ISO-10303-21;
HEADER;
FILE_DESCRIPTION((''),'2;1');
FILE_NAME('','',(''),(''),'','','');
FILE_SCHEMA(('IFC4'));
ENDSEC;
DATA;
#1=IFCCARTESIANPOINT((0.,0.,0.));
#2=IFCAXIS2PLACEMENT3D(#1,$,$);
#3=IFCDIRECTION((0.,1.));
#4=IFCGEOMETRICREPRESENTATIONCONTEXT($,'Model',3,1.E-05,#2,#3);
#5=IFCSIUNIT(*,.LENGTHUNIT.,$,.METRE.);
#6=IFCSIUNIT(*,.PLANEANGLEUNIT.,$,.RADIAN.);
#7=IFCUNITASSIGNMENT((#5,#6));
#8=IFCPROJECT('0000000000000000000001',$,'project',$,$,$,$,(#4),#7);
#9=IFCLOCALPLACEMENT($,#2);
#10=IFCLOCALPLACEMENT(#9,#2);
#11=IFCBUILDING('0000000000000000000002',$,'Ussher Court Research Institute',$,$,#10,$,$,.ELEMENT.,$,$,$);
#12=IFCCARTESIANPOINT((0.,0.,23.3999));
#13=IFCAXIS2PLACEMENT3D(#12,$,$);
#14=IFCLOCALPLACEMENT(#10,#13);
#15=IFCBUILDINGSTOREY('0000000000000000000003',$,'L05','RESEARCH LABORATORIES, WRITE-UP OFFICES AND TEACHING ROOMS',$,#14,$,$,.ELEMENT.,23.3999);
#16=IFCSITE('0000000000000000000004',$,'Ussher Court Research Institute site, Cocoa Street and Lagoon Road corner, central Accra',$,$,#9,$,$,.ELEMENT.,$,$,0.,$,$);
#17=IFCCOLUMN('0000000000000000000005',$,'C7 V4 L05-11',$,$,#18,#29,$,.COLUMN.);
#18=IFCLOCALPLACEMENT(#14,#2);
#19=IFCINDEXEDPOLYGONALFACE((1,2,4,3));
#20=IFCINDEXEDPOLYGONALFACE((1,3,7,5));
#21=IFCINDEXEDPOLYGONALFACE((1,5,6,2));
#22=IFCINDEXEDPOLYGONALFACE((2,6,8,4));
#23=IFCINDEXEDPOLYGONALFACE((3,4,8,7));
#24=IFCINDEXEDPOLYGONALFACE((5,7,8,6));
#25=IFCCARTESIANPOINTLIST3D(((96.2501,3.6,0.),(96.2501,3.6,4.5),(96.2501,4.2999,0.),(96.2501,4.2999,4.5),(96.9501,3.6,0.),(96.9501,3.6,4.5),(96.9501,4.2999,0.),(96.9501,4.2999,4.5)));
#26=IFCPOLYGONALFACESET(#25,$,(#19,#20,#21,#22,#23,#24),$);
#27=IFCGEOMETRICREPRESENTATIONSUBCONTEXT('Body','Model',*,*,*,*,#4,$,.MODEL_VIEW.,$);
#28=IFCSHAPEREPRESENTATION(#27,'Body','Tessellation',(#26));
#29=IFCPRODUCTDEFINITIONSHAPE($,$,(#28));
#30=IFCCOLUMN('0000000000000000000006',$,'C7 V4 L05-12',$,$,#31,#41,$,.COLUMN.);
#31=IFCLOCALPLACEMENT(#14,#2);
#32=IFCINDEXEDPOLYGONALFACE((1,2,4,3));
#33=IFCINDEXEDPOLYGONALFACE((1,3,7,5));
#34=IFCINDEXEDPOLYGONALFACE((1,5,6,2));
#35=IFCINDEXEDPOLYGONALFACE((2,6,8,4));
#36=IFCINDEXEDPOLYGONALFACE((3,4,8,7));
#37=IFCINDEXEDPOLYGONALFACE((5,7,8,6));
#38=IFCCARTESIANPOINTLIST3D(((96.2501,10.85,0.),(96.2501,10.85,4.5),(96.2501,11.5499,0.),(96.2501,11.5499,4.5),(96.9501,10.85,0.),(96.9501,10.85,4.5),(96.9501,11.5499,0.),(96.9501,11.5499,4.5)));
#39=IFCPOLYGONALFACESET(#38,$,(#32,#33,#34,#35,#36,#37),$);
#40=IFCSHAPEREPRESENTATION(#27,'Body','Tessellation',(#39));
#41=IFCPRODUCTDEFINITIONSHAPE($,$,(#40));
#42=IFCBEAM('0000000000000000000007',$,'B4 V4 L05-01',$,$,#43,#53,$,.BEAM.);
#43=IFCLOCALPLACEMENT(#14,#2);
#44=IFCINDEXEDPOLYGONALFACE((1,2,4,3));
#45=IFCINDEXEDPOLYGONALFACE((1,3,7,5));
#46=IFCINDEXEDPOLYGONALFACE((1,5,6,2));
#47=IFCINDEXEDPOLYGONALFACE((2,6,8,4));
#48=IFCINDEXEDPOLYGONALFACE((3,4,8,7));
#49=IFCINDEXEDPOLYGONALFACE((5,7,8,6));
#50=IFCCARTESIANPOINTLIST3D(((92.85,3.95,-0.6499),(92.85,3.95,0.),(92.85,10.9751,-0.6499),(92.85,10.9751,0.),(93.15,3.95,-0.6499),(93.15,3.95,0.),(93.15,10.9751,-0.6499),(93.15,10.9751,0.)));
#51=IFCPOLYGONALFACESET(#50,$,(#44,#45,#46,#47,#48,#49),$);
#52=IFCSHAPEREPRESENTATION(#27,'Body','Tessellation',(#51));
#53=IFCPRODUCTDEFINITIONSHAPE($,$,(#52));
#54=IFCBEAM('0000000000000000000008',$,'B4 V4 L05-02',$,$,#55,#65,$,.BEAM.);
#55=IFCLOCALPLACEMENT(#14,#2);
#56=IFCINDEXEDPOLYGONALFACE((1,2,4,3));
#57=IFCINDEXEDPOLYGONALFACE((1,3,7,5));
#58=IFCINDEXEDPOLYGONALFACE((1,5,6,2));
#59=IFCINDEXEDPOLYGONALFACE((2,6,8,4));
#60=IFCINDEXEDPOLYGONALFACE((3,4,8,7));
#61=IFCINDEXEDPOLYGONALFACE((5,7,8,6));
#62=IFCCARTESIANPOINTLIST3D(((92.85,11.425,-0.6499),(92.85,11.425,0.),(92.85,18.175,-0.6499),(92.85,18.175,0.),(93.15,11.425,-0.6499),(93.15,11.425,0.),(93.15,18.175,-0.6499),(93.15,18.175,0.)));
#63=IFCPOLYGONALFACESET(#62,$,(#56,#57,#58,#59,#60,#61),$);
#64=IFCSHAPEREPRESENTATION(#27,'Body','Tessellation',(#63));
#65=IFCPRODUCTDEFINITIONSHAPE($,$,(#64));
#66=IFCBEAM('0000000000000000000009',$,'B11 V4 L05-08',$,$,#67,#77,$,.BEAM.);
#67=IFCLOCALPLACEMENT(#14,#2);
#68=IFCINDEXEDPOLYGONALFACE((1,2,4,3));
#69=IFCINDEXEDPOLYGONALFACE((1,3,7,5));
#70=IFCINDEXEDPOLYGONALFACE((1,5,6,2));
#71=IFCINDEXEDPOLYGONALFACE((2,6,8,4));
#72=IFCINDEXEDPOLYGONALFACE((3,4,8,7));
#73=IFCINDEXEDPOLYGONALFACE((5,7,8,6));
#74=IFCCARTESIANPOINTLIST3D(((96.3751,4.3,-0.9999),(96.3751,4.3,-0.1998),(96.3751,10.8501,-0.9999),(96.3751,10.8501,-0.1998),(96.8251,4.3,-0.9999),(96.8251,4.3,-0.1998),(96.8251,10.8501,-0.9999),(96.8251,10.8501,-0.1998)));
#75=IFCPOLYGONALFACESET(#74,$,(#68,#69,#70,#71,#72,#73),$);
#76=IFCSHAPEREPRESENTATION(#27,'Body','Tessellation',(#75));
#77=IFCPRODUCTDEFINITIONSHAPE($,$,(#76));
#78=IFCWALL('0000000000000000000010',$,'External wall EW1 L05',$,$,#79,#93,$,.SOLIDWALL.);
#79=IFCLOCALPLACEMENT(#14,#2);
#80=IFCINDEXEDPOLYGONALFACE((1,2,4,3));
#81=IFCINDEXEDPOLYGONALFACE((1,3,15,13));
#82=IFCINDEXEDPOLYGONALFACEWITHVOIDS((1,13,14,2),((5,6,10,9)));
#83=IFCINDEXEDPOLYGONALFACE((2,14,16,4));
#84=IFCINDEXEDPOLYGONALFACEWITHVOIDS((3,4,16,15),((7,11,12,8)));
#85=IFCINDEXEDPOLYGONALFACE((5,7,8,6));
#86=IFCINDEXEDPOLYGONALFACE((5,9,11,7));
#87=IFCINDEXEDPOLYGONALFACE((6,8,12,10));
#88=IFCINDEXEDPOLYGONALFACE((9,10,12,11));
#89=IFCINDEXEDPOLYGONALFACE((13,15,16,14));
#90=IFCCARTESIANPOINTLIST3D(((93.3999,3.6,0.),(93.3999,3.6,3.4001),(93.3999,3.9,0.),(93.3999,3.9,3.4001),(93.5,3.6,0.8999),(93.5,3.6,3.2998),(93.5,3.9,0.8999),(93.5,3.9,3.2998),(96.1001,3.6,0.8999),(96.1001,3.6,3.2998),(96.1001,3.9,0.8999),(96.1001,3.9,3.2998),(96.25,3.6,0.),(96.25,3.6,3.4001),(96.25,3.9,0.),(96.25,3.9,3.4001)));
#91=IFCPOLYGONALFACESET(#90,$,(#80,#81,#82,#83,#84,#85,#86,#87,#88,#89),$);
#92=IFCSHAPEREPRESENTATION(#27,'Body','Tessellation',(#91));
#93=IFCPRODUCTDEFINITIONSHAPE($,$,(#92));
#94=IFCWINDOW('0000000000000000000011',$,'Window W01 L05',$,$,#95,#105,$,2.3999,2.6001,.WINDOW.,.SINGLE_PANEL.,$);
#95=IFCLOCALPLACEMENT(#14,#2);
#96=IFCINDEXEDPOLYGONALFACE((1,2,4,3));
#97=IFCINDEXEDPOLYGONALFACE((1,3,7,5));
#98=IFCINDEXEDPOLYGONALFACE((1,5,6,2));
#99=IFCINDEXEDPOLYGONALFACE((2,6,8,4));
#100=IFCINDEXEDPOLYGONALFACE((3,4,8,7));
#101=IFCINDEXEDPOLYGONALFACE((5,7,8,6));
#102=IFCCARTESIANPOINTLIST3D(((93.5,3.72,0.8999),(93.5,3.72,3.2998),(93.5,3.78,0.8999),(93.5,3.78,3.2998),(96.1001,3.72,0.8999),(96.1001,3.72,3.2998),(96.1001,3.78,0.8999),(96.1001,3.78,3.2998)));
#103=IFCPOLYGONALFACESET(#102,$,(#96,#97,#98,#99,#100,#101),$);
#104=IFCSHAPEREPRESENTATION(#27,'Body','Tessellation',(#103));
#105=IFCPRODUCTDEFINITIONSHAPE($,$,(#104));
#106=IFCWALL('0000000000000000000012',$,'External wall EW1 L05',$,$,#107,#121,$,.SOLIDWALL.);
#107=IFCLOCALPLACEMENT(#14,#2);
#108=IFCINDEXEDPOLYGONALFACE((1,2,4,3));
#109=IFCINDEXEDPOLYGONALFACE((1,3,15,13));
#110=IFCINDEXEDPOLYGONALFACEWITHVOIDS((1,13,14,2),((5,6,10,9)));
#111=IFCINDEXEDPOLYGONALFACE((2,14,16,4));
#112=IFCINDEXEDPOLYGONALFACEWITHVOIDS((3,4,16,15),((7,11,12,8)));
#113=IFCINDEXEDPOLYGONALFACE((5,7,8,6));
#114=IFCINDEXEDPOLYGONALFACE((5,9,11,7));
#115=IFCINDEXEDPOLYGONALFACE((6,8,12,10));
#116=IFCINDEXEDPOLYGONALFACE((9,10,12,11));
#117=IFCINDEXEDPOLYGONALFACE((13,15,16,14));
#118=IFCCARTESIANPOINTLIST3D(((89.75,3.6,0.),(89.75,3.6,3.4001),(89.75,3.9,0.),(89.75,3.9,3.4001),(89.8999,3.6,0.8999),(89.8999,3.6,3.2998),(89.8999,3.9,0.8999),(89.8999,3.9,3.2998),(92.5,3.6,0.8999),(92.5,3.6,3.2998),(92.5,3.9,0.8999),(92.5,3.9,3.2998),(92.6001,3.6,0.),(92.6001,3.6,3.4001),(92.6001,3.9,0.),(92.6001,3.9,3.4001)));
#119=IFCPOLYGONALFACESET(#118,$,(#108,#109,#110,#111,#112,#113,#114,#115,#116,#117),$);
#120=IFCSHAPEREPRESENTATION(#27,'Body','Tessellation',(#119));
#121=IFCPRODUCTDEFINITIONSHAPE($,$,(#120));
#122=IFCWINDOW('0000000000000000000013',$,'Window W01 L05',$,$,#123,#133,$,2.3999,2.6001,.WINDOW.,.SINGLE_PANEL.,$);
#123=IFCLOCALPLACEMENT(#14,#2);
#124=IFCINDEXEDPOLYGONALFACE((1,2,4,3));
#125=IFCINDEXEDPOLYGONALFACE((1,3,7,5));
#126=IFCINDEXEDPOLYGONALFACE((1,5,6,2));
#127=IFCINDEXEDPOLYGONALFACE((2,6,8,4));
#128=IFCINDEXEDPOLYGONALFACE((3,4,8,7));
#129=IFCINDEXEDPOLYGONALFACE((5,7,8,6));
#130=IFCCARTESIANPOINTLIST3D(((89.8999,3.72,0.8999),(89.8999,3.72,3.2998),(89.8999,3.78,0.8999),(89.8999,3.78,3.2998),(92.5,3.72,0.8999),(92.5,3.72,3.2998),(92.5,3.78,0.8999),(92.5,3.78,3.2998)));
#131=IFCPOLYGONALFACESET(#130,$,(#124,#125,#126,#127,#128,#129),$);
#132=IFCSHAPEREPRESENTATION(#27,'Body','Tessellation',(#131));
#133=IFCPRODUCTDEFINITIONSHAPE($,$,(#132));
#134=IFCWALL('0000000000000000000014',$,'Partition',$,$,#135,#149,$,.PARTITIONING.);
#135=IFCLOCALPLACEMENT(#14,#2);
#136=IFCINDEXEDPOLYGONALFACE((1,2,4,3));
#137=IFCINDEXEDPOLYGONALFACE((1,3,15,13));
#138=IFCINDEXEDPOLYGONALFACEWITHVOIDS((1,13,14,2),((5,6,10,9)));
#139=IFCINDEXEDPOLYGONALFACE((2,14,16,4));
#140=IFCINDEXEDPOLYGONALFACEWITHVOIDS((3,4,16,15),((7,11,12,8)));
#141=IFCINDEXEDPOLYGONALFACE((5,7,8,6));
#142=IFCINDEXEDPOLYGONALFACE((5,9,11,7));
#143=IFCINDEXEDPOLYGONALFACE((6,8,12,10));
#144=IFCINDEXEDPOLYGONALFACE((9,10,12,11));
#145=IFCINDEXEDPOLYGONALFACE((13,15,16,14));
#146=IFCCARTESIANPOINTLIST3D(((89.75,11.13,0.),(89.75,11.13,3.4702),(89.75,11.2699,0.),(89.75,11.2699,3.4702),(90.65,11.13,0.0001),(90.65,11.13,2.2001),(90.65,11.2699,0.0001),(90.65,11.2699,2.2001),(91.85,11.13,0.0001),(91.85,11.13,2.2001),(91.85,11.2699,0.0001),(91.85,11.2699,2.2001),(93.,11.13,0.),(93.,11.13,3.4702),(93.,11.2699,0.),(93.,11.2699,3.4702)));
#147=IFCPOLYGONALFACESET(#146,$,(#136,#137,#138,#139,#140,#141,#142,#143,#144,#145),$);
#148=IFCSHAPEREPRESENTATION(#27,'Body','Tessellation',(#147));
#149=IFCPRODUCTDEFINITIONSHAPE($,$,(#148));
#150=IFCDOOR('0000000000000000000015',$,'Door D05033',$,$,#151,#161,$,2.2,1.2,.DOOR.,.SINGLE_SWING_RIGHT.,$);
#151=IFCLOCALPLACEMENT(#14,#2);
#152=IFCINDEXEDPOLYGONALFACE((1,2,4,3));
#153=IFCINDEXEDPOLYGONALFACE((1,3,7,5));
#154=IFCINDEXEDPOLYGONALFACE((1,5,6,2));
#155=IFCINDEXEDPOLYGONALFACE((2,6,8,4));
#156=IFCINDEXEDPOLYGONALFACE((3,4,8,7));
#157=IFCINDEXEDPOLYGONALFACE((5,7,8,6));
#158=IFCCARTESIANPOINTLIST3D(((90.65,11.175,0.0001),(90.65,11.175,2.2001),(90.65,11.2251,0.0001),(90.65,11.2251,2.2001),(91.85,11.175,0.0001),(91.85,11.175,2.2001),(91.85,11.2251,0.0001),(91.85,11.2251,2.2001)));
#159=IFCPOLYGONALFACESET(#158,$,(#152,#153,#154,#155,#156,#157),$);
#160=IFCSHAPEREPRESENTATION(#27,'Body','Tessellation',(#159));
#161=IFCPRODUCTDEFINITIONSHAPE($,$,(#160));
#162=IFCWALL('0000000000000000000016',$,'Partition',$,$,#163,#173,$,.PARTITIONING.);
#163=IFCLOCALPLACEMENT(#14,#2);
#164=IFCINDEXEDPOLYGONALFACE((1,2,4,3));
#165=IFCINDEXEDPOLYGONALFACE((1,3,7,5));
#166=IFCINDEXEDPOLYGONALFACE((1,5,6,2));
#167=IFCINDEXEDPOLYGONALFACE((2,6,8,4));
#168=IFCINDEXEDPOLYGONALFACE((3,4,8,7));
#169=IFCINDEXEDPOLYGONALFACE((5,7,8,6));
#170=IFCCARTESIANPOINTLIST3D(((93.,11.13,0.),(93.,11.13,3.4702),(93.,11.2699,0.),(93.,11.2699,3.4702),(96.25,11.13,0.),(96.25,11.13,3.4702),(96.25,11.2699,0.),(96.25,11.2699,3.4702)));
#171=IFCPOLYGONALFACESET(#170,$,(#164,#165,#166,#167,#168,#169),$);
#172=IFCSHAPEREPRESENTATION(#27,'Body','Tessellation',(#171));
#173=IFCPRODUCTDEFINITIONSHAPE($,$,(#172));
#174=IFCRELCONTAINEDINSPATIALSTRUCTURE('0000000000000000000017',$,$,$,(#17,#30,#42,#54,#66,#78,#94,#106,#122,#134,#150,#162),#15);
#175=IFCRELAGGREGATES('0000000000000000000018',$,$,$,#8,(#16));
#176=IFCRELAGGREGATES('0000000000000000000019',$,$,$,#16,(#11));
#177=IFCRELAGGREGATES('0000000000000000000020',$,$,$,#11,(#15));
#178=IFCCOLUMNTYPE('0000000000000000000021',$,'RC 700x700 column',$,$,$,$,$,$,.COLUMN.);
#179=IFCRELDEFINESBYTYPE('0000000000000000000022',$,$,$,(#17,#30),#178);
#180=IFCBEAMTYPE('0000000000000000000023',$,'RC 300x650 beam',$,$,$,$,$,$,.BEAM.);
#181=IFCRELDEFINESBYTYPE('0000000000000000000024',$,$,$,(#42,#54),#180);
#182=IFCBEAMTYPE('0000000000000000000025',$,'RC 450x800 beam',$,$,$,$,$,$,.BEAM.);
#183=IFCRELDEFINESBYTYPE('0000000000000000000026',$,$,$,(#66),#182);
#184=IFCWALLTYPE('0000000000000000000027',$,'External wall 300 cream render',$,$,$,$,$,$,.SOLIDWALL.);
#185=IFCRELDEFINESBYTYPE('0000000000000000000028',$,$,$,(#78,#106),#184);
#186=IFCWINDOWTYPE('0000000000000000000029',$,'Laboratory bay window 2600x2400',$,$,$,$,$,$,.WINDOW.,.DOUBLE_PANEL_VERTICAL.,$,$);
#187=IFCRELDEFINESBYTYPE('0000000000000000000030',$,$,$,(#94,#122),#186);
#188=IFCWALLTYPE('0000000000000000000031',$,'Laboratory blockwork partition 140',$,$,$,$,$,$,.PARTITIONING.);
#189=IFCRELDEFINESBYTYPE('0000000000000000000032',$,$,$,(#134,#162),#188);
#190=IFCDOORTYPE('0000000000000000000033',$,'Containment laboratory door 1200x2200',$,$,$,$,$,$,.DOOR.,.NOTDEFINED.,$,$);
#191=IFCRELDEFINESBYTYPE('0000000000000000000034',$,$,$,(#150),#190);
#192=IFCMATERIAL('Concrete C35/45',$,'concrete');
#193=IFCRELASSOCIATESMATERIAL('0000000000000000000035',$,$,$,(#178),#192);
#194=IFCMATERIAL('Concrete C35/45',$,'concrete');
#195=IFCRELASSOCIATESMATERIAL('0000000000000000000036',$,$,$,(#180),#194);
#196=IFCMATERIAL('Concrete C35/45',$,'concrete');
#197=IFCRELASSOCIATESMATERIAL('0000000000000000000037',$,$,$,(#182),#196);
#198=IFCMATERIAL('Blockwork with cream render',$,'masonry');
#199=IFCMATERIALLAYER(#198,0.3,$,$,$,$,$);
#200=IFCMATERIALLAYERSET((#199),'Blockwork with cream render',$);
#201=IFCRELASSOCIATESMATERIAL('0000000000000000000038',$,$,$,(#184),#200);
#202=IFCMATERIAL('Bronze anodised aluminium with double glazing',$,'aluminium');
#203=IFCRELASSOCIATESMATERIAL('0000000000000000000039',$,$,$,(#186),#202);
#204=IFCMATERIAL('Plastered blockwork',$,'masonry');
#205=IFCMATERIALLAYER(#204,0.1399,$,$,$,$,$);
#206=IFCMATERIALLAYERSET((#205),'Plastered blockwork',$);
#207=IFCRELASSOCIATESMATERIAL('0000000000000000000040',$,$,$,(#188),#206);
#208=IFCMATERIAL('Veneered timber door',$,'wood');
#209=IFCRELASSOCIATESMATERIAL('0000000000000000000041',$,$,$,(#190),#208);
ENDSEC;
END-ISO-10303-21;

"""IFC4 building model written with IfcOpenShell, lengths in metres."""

from ifc_helpers import new_model, si_unit, direction, frame, frame_2d, origin, origin_2d, place, context, subcontext, project, spatial, rectangle, extrude, material, layer, layer_set, material_profile, profile_set, type_object, element, fill, save


model = new_model("IFC4")

# Units and contexts
model_context = context("Model", 3, precision=1e-05, world=origin(), true_north=direction((0.0, 1.0)))
body_context = subcontext(model_context, "Body", "Model", "MODEL_VIEW")
ifc_project = project(units=[si_unit("LENGTHUNIT", "METRE"), si_unit("PLANEANGLEUNIT", "RADIAN")], contexts=[model_context])

# Site, building, storey
site_placement = place(None, origin())
site = spatial("IfcSite", under=ifc_project, at=site_placement, Name="Ussher Court Research Institute site, Cocoa Street and Lagoon Road corner, central Accra", CompositionType="ELEMENT", RefElevation=0.0)
building_placement = place(site_placement, origin())
building = spatial("IfcBuilding", under=site, at=building_placement, Name="Ussher Court Research Institute", CompositionType="ELEMENT")
storey_placement = place(building_placement, frame((0.0, 0.0, 23.3999)))
storey = spatial("IfcBuildingStorey", under=building, at=storey_placement, Name="L05", Description="RESEARCH LABORATORIES, WRITE-UP OFFICES AND TEACHING ROOMS", CompositionType="ELEMENT", Elevation=23.3999)

# Columns
ifc_material_1 = material(Name="Concrete C35/45", Category="concrete")
ifc_material_profile_1 = material_profile(ifc_material_1, rectangle(XDim=0.7, YDim=0.7, at=origin_2d()), Name="RC 700x700")
ifc_profile_set_1 = profile_set([ifc_material_profile_1], Name="Concrete C35/45")
column_type = type_object("IfcColumnType", Name="RC 700x700 column", PredefinedType="COLUMN", material=ifc_profile_set_1)
for number, where, z_axis, x_axis, name in (
    (1, (96.6001, 3.95, 0.0), (0.0, 0.0, 1.0), (1.0, 0.0, 0.0), "C7 V4 L05-11"),
    (2, (96.6001, 11.2, 0.0), (0.0, 0.0, 1.0), (1.0, 0.0, 0.0), "C7 V4 L05-12"),
):
    element("IfcColumn", number, at=place(storey_placement, frame(where, z_axis=z_axis, x_axis=x_axis)), inside=storey, type_object=column_type, Name=name, PredefinedType="COLUMN", context=body_context, shape_type="SweptSolid", body=[
        extrude(rectangle(XDim=0.7, YDim=0.7, at=origin_2d()), origin(), (0.0, 0.0, 1.0), 4.5),
    ])

# Beams
ifc_material_2 = material(Name="Concrete C35/45", Category="concrete")
ifc_material_profile_2 = material_profile(ifc_material_2, rectangle(XDim=0.3, YDim=0.6499, at=origin_2d()), Name="RC 300x650")
ifc_profile_set_2 = profile_set([ifc_material_profile_2], Name="Concrete C35/45")
beam_type_1 = type_object("IfcBeamType", Name="RC 300x650 beam", PredefinedType="BEAM", material=ifc_profile_set_2)
beam_1_placement = place(storey_placement, frame((93.0, 3.95, -0.325), z_axis=(0.0, 1.0, 0.0), x_axis=(-1.0, 0.0, 0.0)))
element("IfcBeam", 3, at=beam_1_placement, inside=storey, type_object=beam_type_1, Name="B4 V4 L05-01", PredefinedType="BEAM", context=body_context, shape_type="SweptSolid", body=[
    extrude(rectangle(XDim=0.3, YDim=0.6499, at=origin_2d()), origin(), (0.0, 0.0, 1.0), 7.0251),
])
beam_2_placement = place(storey_placement, frame((93.0, 11.425, -0.325), z_axis=(0.0, 1.0, 0.0), x_axis=(-1.0, 0.0, 0.0)))
element("IfcBeam", 4, at=beam_2_placement, inside=storey, type_object=beam_type_1, Name="B4 V4 L05-02", PredefinedType="BEAM", context=body_context, shape_type="SweptSolid", body=[
    extrude(rectangle(XDim=0.3, YDim=0.6499, at=origin_2d()), origin(), (0.0, 0.0, 1.0), 6.75),
])
ifc_material_3 = material(Name="Concrete C35/45", Category="concrete")
ifc_material_profile_3 = material_profile(ifc_material_3, rectangle(XDim=0.45, YDim=0.8, at=origin_2d()), Name="RC 450x800")
ifc_profile_set_3 = profile_set([ifc_material_profile_3], Name="Concrete C35/45")
beam_type_2 = type_object("IfcBeamType", Name="RC 450x800 beam", PredefinedType="BEAM", material=ifc_profile_set_3)
beam_3_placement = place(storey_placement, frame((96.6001, 4.3, -0.5999), z_axis=(0.0, 1.0, 0.0), x_axis=(-1.0, 0.0, 0.0)))
element("IfcBeam", 5, at=beam_3_placement, inside=storey, type_object=beam_type_2, Name="B11 V4 L05-08", PredefinedType="BEAM", context=body_context, shape_type="SweptSolid", body=[
    extrude(rectangle(XDim=0.45, YDim=0.8, at=origin_2d()), origin(), (0.0, 0.0, 1.0), 6.55),
])

# Walls, openings, windows
ifc_material_4 = material(Name="Blockwork with cream render", Category="masonry")
ifc_layer_1 = layer(ifc_material_4, 0.3)
ifc_layer_set_1 = layer_set([ifc_layer_1], Name="Blockwork with cream render")
wall_type_1 = type_object("IfcWallType", Name="External wall 300 cream render", PredefinedType="SOLIDWALL", material=ifc_layer_set_1)
wall_1_placement = place(storey_placement, frame((96.25, 3.75, 0.0), z_axis=(0.0, 0.0, 1.0), x_axis=(-1.0, 0.0, 0.0)))
wall_1 = element("IfcWall", 6, at=wall_1_placement, inside=storey, type_object=wall_type_1, Name="External wall EW1 L05", PredefinedType="SOLIDWALL", context=body_context, shape_type="SweptSolid", body=[
    extrude(rectangle(XDim=2.8501, YDim=0.3, at=frame_2d((1.425, 0.0))), origin(), (0.0, 0.0, 1.0), 3.4001),
])
opening_1_placement = place(wall_1_placement, frame((0.1499, 0.0, 0.8999)))
opening_1 = element("IfcOpeningElement", 7, at=opening_1_placement, cuts=wall_1, PredefinedType="OPENING", context=body_context, shape_type="SweptSolid", body=[
    extrude(rectangle(XDim=2.6001, YDim=2.3999, at=frame_2d((1.3, 1.2))), frame((0.0, 0.1602, 0.0), z_axis=(0.0, -1.0, 0.0), x_axis=(1.0, 0.0, 0.0)), (0.0, 0.0, 1.0), 0.3201),
])
ifc_material_5 = material(Name="Bronze anodised aluminium with double glazing", Category="aluminium")
window_type = type_object("IfcWindowType", Name="Laboratory bay window 2600x2400", PartitioningType="DOUBLE_PANEL_VERTICAL", PredefinedType="WINDOW", material=ifc_material_5)
window_1_placement = place(opening_1_placement, origin())
window_1 = element("IfcWindow", 8, at=window_1_placement, inside=storey, type_object=window_type, Name="Window W01 L05", OverallHeight=2.3999, OverallWidth=2.6001, PartitioningType="SINGLE_PANEL", PredefinedType="WINDOW", context=body_context, shape_type="SweptSolid", body=[
    extrude(rectangle(XDim=2.6001, YDim=2.3999, at=frame_2d((1.3, 1.2))), frame((0.0, 0.03, 0.0), z_axis=(0.0, -1.0, 0.0), x_axis=(1.0, 0.0, 0.0)), (0.0, 0.0, 1.0), 0.0601),
])
fill(opening_1, window_1)
wall_2_placement = place(storey_placement, frame((92.6001, 3.75, 0.0), z_axis=(0.0, 0.0, 1.0), x_axis=(-1.0, 0.0, 0.0)))
wall_2 = element("IfcWall", 9, at=wall_2_placement, inside=storey, type_object=wall_type_1, Name="External wall EW1 L05", PredefinedType="SOLIDWALL", context=body_context, shape_type="SweptSolid", body=[
    extrude(rectangle(XDim=2.8501, YDim=0.3, at=frame_2d((1.425, 0.0))), origin(), (0.0, 0.0, 1.0), 3.4001),
])
opening_2_placement = place(wall_2_placement, frame((0.1001, 0.0, 0.8999)))
opening_2 = element("IfcOpeningElement", 10, at=opening_2_placement, cuts=wall_2, PredefinedType="OPENING", context=body_context, shape_type="SweptSolid", body=[
    extrude(rectangle(XDim=2.6001, YDim=2.3999, at=frame_2d((1.3, 1.2))), frame((0.0, 0.1602, 0.0), z_axis=(0.0, -1.0, 0.0), x_axis=(1.0, 0.0, 0.0)), (0.0, 0.0, 1.0), 0.3201),
])
window_2_placement = place(opening_2_placement, origin())
window_2 = element("IfcWindow", 11, at=window_2_placement, inside=storey, type_object=window_type, Name="Window W01 L05", OverallHeight=2.3999, OverallWidth=2.6001, PartitioningType="SINGLE_PANEL", PredefinedType="WINDOW", context=body_context, shape_type="SweptSolid", body=[
    extrude(rectangle(XDim=2.6001, YDim=2.3999, at=frame_2d((1.3, 1.2))), frame((0.0, 0.03, 0.0), z_axis=(0.0, -1.0, 0.0), x_axis=(1.0, 0.0, 0.0)), (0.0, 0.0, 1.0), 0.0601),
])
fill(opening_2, window_2)

# Wall, opening, door
ifc_material_6 = material(Name="Plastered blockwork", Category="masonry")
ifc_layer_2 = layer(ifc_material_6, 0.1399)
ifc_layer_set_2 = layer_set([ifc_layer_2], Name="Plastered blockwork")
wall_type_2 = type_object("IfcWallType", Name="Laboratory blockwork partition 140", PredefinedType="PARTITIONING", material=ifc_layer_set_2)
wall_3_placement = place(storey_placement, frame((93.0, 11.2, 0.0), z_axis=(0.0, 0.0, 1.0), x_axis=(-1.0, 0.0, 0.0)))
wall_3 = element("IfcWall", 12, at=wall_3_placement, inside=storey, type_object=wall_type_2, Name="Partition", PredefinedType="PARTITIONING", context=body_context, shape_type="SweptSolid", body=[
    extrude(rectangle(XDim=3.25, YDim=0.1399, at=frame_2d((1.625, 0.0))), origin(), (0.0, 0.0, 1.0), 3.4702),
])
opening_3_placement = place(wall_3_placement, frame((1.1499, 0.0, 0.0)))
opening_3 = element("IfcOpeningElement", 13, at=opening_3_placement, cuts=wall_3, PredefinedType="OPENING", context=body_context, shape_type="SweptSolid", body=[
    extrude(rectangle(XDim=1.2, YDim=2.2, at=frame_2d((0.6001, 1.1001))), frame((0.0, 0.0801, 0.0), z_axis=(0.0, -1.0, 0.0), x_axis=(1.0, 0.0, 0.0)), (0.0, 0.0, 1.0), 0.1599),
])
ifc_material_7 = material(Name="Veneered timber door", Category="wood")
door_type = type_object("IfcDoorType", Name="Containment laboratory door 1200x2200", OperationType="NOTDEFINED", PredefinedType="DOOR", material=ifc_material_7)
door_placement = place(opening_3_placement, origin())
door = element("IfcDoor", 14, at=door_placement, inside=storey, type_object=door_type, Name="Door D05033", OperationType="SINGLE_SWING_RIGHT", OverallHeight=2.2, OverallWidth=1.2, PredefinedType="DOOR", context=body_context, shape_type="SweptSolid", body=[
    extrude(rectangle(XDim=1.2, YDim=2.2, at=frame_2d((0.6001, 1.1001))), frame((0.0, 0.0249, 0.0), z_axis=(0.0, -1.0, 0.0), x_axis=(1.0, 0.0, 0.0)), (0.0, 0.0, 1.0), 0.05),
])
fill(opening_3, door)

# Wall
wall_4_placement = place(storey_placement, frame((93.0, 11.2, 0.0), z_axis=(0.0, 0.0, 1.0), x_axis=(1.0, 0.0, 0.0)))
element("IfcWall", 15, at=wall_4_placement, inside=storey, type_object=wall_type_2, Name="Partition", PredefinedType="PARTITIONING", context=body_context, shape_type="SweptSolid", body=[
    extrude(rectangle(XDim=3.25, YDim=0.1399, at=frame_2d((1.625, 0.0))), origin(), (0.0, 0.0, 1.0), 3.4702),
])

save(model, "model.ifc")
